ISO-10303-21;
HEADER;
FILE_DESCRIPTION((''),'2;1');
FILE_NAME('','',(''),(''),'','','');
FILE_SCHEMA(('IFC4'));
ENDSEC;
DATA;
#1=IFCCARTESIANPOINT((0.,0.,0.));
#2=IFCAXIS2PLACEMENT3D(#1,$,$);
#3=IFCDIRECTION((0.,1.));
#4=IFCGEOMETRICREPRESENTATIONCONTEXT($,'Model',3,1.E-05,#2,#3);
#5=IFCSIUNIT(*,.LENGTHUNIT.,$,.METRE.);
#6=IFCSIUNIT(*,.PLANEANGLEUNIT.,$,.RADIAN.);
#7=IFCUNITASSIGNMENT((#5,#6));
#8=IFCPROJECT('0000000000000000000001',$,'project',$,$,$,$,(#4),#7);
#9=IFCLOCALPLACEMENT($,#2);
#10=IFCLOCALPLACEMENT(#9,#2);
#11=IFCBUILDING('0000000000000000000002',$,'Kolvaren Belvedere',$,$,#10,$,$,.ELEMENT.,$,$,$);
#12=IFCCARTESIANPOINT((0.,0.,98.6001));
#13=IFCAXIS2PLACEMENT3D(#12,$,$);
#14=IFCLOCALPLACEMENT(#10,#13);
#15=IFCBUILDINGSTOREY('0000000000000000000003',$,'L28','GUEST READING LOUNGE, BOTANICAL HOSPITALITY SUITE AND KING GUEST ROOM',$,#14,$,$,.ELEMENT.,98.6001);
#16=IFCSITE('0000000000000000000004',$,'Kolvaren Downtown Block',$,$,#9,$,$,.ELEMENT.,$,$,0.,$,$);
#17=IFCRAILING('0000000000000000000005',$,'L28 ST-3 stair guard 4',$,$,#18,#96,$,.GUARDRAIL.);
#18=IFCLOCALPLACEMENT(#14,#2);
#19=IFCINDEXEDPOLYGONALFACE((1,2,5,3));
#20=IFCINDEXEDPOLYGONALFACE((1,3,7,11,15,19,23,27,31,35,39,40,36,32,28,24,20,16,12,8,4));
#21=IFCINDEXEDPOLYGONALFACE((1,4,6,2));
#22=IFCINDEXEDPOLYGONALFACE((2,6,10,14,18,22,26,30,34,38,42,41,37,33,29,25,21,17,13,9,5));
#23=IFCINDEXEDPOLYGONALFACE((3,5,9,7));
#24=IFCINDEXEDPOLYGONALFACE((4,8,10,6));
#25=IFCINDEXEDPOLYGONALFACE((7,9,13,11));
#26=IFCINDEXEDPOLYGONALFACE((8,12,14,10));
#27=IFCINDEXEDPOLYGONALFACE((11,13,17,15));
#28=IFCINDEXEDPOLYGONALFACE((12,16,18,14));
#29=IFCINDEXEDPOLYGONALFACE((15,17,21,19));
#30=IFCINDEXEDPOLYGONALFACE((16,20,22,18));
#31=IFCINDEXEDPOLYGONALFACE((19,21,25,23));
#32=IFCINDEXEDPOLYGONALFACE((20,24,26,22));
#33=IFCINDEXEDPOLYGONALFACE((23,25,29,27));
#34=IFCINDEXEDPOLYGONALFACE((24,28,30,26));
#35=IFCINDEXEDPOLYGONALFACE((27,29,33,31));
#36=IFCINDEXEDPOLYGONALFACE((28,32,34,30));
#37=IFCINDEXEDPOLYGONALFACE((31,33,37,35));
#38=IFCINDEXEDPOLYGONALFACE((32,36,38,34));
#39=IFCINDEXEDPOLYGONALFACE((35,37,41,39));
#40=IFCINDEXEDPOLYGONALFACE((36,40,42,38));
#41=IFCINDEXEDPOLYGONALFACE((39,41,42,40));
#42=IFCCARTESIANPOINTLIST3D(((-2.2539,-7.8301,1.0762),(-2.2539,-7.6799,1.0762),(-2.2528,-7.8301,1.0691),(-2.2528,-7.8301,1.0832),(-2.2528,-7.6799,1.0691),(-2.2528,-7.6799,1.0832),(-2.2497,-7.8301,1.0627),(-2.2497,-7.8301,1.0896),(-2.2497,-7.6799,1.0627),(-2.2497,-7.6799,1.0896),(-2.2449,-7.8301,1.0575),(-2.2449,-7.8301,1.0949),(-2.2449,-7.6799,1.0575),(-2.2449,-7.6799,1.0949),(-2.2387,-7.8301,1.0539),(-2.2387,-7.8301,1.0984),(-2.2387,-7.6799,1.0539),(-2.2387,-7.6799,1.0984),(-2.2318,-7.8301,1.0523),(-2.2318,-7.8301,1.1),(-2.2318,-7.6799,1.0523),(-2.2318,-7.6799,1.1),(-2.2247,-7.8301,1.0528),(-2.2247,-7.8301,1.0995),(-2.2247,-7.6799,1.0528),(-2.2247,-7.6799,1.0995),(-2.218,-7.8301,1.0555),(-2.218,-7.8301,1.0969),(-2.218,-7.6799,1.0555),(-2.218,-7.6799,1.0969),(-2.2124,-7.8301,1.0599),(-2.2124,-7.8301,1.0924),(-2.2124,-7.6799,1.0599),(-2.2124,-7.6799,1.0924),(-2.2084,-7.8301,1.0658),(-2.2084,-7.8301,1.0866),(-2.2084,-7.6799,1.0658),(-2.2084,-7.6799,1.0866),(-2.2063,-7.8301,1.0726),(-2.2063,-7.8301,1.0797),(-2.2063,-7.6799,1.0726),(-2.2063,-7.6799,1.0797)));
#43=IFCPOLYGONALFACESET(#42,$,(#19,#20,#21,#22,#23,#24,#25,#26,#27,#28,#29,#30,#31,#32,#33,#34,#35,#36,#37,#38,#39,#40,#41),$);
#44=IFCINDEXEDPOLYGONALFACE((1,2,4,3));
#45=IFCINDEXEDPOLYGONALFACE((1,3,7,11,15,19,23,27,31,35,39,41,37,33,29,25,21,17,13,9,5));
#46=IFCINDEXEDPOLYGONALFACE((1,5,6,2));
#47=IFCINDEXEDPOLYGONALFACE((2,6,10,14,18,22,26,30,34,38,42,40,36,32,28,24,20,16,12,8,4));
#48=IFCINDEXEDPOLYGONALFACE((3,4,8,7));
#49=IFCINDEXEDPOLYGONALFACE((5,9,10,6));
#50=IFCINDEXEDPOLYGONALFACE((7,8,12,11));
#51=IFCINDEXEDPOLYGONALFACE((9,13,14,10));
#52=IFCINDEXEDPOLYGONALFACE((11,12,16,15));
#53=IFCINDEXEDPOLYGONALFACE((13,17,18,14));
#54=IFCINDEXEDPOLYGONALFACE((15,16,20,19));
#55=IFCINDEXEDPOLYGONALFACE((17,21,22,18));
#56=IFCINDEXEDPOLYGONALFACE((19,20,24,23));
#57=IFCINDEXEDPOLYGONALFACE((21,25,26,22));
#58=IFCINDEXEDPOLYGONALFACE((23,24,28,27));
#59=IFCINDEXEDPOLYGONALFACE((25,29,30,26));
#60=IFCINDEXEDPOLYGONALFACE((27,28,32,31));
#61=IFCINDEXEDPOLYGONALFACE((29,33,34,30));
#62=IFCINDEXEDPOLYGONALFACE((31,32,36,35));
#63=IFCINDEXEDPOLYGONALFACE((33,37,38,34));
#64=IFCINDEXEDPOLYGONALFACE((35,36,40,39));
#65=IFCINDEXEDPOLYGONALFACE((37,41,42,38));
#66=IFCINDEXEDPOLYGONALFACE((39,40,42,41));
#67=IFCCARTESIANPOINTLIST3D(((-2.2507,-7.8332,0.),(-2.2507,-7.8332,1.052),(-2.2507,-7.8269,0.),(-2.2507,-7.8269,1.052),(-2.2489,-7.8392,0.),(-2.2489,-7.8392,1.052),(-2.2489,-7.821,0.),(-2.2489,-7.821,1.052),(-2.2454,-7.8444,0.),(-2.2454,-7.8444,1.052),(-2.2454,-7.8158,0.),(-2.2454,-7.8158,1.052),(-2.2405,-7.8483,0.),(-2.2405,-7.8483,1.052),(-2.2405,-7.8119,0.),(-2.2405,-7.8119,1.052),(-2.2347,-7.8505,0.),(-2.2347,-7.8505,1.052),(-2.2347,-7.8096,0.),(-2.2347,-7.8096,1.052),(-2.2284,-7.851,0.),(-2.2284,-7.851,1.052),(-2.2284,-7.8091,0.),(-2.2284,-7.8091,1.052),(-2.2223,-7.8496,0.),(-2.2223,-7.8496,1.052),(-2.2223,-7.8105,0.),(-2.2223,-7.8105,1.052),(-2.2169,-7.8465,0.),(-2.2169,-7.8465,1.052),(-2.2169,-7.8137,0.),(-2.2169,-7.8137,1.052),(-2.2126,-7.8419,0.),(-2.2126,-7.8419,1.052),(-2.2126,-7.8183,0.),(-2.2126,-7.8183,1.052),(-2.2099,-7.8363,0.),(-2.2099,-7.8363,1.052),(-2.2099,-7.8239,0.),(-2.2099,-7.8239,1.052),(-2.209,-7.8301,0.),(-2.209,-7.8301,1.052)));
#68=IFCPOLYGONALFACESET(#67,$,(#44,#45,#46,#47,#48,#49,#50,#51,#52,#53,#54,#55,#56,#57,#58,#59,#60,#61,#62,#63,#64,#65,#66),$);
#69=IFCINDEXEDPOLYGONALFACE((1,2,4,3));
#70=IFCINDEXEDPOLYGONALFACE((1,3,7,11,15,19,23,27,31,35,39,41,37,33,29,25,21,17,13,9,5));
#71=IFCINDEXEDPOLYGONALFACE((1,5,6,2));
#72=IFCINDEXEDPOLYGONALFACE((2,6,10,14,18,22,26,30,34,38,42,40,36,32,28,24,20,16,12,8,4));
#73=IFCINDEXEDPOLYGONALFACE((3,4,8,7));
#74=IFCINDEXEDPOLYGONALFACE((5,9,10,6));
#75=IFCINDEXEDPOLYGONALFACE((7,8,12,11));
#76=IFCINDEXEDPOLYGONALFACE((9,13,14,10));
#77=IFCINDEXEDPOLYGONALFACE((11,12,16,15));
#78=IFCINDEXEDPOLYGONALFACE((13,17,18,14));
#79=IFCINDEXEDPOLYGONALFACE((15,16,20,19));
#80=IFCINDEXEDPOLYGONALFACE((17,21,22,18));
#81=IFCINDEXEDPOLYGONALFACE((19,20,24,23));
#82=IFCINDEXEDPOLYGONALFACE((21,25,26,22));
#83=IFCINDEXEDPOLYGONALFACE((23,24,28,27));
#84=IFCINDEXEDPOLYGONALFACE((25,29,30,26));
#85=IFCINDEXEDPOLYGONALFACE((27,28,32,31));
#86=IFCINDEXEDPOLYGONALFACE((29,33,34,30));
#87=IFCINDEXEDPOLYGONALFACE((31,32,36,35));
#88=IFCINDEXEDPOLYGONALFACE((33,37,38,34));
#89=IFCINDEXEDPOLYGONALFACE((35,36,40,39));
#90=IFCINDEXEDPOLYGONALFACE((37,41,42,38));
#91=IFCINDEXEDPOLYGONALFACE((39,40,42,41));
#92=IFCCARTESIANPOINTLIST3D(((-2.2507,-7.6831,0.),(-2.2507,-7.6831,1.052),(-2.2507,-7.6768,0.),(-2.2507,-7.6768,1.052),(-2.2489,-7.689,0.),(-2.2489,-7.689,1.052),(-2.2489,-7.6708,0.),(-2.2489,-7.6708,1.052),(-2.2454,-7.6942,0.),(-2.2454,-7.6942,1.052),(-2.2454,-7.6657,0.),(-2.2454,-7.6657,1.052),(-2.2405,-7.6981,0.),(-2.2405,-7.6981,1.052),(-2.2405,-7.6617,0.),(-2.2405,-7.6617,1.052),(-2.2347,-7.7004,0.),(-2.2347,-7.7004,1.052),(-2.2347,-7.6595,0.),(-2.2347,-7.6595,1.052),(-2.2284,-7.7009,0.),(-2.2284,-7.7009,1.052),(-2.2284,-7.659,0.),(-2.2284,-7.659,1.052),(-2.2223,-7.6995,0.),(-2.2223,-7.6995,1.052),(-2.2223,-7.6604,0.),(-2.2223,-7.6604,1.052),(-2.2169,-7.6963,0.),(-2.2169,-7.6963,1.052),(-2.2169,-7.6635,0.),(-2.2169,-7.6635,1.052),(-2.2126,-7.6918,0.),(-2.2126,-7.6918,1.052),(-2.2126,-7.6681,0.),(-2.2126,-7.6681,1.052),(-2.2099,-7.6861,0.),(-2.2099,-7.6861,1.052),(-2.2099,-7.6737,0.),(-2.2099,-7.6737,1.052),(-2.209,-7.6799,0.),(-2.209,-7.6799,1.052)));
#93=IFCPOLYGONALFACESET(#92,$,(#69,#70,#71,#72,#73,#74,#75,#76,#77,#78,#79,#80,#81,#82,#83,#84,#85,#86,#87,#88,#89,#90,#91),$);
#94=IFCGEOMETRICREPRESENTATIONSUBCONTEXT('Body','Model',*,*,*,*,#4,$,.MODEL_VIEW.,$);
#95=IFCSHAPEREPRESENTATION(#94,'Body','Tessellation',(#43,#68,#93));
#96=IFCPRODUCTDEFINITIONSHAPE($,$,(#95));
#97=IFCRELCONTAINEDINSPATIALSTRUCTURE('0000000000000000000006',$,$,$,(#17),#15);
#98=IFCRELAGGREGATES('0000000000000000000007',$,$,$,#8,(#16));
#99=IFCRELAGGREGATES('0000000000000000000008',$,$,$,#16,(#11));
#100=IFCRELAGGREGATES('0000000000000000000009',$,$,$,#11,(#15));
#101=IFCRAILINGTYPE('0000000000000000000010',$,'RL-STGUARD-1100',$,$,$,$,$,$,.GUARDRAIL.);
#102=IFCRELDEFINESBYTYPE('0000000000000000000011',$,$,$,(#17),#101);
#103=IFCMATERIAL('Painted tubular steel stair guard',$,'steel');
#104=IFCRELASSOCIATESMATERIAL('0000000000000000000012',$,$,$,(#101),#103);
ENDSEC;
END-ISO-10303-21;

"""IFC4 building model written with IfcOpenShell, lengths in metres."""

from ifc_helpers import new_model, si_unit, direction, frame, origin, origin_2d, place, context, subcontext, project, spatial, circle, extrude, material, type_object, element, save


model = new_model("IFC4")

# Units and contexts
model_context = context("Model", 3, precision=1e-05, world=origin(), true_north=direction((0.0, 1.0)))
body_context = subcontext(model_context, "Body", "Model", "MODEL_VIEW")
ifc_project = project(units=[si_unit("LENGTHUNIT", "METRE"), si_unit("PLANEANGLEUNIT", "RADIAN")], contexts=[model_context])

# Site, building, storey
site_placement = place(None, origin())
site = spatial("IfcSite", under=ifc_project, at=site_placement, Name="Kolvaren Downtown Block", CompositionType="ELEMENT", RefElevation=0.0)
building_placement = place(site_placement, origin())
building = spatial("IfcBuilding", under=site, at=building_placement, Name="Kolvaren Belvedere", CompositionType="ELEMENT")
storey_placement = place(building_placement, frame((0.0, 0.0, 98.6001)))
storey = spatial("IfcBuildingStorey", under=building, at=storey_placement, Name="L28", Description="GUEST READING LOUNGE, BOTANICAL HOSPITALITY SUITE AND KING GUEST ROOM", CompositionType="ELEMENT", Elevation=98.6001)

# Railing
ifc_material_1 = material(Name="Painted tubular steel stair guard", Category="steel")
railing_type = type_object("IfcRailingType", Name="RL-STGUARD-1100", PredefinedType="GUARDRAIL", material=ifc_material_1)
railing_placement = place(storey_placement, frame((-2.23, -7.8301, 0.0)))
element("IfcRailing", 1, at=railing_placement, inside=storey, type_object=railing_type, Name="L28 ST-3 stair guard 4", PredefinedType="GUARDRAIL", context=body_context, shape_type="SweptSolid", body=[
    extrude(circle(Radius=0.0239, at=origin_2d()), frame((0.0, 0.0, 1.0762), z_axis=(0.0, 1.0, 0.0), x_axis=(-1.0, 0.0, 0.0)), (0.0, 0.0, 1.0), 0.1501),
    extrude(circle(Radius=0.021, at=origin_2d()), origin(), (0.0, 0.0, 1.0), 1.052),
    extrude(circle(Radius=0.021, at=origin_2d()), frame((0.0, 0.1501, 0.0)), (0.0, 0.0, 1.0), 1.052),
])

save(model, "model.ifc")
